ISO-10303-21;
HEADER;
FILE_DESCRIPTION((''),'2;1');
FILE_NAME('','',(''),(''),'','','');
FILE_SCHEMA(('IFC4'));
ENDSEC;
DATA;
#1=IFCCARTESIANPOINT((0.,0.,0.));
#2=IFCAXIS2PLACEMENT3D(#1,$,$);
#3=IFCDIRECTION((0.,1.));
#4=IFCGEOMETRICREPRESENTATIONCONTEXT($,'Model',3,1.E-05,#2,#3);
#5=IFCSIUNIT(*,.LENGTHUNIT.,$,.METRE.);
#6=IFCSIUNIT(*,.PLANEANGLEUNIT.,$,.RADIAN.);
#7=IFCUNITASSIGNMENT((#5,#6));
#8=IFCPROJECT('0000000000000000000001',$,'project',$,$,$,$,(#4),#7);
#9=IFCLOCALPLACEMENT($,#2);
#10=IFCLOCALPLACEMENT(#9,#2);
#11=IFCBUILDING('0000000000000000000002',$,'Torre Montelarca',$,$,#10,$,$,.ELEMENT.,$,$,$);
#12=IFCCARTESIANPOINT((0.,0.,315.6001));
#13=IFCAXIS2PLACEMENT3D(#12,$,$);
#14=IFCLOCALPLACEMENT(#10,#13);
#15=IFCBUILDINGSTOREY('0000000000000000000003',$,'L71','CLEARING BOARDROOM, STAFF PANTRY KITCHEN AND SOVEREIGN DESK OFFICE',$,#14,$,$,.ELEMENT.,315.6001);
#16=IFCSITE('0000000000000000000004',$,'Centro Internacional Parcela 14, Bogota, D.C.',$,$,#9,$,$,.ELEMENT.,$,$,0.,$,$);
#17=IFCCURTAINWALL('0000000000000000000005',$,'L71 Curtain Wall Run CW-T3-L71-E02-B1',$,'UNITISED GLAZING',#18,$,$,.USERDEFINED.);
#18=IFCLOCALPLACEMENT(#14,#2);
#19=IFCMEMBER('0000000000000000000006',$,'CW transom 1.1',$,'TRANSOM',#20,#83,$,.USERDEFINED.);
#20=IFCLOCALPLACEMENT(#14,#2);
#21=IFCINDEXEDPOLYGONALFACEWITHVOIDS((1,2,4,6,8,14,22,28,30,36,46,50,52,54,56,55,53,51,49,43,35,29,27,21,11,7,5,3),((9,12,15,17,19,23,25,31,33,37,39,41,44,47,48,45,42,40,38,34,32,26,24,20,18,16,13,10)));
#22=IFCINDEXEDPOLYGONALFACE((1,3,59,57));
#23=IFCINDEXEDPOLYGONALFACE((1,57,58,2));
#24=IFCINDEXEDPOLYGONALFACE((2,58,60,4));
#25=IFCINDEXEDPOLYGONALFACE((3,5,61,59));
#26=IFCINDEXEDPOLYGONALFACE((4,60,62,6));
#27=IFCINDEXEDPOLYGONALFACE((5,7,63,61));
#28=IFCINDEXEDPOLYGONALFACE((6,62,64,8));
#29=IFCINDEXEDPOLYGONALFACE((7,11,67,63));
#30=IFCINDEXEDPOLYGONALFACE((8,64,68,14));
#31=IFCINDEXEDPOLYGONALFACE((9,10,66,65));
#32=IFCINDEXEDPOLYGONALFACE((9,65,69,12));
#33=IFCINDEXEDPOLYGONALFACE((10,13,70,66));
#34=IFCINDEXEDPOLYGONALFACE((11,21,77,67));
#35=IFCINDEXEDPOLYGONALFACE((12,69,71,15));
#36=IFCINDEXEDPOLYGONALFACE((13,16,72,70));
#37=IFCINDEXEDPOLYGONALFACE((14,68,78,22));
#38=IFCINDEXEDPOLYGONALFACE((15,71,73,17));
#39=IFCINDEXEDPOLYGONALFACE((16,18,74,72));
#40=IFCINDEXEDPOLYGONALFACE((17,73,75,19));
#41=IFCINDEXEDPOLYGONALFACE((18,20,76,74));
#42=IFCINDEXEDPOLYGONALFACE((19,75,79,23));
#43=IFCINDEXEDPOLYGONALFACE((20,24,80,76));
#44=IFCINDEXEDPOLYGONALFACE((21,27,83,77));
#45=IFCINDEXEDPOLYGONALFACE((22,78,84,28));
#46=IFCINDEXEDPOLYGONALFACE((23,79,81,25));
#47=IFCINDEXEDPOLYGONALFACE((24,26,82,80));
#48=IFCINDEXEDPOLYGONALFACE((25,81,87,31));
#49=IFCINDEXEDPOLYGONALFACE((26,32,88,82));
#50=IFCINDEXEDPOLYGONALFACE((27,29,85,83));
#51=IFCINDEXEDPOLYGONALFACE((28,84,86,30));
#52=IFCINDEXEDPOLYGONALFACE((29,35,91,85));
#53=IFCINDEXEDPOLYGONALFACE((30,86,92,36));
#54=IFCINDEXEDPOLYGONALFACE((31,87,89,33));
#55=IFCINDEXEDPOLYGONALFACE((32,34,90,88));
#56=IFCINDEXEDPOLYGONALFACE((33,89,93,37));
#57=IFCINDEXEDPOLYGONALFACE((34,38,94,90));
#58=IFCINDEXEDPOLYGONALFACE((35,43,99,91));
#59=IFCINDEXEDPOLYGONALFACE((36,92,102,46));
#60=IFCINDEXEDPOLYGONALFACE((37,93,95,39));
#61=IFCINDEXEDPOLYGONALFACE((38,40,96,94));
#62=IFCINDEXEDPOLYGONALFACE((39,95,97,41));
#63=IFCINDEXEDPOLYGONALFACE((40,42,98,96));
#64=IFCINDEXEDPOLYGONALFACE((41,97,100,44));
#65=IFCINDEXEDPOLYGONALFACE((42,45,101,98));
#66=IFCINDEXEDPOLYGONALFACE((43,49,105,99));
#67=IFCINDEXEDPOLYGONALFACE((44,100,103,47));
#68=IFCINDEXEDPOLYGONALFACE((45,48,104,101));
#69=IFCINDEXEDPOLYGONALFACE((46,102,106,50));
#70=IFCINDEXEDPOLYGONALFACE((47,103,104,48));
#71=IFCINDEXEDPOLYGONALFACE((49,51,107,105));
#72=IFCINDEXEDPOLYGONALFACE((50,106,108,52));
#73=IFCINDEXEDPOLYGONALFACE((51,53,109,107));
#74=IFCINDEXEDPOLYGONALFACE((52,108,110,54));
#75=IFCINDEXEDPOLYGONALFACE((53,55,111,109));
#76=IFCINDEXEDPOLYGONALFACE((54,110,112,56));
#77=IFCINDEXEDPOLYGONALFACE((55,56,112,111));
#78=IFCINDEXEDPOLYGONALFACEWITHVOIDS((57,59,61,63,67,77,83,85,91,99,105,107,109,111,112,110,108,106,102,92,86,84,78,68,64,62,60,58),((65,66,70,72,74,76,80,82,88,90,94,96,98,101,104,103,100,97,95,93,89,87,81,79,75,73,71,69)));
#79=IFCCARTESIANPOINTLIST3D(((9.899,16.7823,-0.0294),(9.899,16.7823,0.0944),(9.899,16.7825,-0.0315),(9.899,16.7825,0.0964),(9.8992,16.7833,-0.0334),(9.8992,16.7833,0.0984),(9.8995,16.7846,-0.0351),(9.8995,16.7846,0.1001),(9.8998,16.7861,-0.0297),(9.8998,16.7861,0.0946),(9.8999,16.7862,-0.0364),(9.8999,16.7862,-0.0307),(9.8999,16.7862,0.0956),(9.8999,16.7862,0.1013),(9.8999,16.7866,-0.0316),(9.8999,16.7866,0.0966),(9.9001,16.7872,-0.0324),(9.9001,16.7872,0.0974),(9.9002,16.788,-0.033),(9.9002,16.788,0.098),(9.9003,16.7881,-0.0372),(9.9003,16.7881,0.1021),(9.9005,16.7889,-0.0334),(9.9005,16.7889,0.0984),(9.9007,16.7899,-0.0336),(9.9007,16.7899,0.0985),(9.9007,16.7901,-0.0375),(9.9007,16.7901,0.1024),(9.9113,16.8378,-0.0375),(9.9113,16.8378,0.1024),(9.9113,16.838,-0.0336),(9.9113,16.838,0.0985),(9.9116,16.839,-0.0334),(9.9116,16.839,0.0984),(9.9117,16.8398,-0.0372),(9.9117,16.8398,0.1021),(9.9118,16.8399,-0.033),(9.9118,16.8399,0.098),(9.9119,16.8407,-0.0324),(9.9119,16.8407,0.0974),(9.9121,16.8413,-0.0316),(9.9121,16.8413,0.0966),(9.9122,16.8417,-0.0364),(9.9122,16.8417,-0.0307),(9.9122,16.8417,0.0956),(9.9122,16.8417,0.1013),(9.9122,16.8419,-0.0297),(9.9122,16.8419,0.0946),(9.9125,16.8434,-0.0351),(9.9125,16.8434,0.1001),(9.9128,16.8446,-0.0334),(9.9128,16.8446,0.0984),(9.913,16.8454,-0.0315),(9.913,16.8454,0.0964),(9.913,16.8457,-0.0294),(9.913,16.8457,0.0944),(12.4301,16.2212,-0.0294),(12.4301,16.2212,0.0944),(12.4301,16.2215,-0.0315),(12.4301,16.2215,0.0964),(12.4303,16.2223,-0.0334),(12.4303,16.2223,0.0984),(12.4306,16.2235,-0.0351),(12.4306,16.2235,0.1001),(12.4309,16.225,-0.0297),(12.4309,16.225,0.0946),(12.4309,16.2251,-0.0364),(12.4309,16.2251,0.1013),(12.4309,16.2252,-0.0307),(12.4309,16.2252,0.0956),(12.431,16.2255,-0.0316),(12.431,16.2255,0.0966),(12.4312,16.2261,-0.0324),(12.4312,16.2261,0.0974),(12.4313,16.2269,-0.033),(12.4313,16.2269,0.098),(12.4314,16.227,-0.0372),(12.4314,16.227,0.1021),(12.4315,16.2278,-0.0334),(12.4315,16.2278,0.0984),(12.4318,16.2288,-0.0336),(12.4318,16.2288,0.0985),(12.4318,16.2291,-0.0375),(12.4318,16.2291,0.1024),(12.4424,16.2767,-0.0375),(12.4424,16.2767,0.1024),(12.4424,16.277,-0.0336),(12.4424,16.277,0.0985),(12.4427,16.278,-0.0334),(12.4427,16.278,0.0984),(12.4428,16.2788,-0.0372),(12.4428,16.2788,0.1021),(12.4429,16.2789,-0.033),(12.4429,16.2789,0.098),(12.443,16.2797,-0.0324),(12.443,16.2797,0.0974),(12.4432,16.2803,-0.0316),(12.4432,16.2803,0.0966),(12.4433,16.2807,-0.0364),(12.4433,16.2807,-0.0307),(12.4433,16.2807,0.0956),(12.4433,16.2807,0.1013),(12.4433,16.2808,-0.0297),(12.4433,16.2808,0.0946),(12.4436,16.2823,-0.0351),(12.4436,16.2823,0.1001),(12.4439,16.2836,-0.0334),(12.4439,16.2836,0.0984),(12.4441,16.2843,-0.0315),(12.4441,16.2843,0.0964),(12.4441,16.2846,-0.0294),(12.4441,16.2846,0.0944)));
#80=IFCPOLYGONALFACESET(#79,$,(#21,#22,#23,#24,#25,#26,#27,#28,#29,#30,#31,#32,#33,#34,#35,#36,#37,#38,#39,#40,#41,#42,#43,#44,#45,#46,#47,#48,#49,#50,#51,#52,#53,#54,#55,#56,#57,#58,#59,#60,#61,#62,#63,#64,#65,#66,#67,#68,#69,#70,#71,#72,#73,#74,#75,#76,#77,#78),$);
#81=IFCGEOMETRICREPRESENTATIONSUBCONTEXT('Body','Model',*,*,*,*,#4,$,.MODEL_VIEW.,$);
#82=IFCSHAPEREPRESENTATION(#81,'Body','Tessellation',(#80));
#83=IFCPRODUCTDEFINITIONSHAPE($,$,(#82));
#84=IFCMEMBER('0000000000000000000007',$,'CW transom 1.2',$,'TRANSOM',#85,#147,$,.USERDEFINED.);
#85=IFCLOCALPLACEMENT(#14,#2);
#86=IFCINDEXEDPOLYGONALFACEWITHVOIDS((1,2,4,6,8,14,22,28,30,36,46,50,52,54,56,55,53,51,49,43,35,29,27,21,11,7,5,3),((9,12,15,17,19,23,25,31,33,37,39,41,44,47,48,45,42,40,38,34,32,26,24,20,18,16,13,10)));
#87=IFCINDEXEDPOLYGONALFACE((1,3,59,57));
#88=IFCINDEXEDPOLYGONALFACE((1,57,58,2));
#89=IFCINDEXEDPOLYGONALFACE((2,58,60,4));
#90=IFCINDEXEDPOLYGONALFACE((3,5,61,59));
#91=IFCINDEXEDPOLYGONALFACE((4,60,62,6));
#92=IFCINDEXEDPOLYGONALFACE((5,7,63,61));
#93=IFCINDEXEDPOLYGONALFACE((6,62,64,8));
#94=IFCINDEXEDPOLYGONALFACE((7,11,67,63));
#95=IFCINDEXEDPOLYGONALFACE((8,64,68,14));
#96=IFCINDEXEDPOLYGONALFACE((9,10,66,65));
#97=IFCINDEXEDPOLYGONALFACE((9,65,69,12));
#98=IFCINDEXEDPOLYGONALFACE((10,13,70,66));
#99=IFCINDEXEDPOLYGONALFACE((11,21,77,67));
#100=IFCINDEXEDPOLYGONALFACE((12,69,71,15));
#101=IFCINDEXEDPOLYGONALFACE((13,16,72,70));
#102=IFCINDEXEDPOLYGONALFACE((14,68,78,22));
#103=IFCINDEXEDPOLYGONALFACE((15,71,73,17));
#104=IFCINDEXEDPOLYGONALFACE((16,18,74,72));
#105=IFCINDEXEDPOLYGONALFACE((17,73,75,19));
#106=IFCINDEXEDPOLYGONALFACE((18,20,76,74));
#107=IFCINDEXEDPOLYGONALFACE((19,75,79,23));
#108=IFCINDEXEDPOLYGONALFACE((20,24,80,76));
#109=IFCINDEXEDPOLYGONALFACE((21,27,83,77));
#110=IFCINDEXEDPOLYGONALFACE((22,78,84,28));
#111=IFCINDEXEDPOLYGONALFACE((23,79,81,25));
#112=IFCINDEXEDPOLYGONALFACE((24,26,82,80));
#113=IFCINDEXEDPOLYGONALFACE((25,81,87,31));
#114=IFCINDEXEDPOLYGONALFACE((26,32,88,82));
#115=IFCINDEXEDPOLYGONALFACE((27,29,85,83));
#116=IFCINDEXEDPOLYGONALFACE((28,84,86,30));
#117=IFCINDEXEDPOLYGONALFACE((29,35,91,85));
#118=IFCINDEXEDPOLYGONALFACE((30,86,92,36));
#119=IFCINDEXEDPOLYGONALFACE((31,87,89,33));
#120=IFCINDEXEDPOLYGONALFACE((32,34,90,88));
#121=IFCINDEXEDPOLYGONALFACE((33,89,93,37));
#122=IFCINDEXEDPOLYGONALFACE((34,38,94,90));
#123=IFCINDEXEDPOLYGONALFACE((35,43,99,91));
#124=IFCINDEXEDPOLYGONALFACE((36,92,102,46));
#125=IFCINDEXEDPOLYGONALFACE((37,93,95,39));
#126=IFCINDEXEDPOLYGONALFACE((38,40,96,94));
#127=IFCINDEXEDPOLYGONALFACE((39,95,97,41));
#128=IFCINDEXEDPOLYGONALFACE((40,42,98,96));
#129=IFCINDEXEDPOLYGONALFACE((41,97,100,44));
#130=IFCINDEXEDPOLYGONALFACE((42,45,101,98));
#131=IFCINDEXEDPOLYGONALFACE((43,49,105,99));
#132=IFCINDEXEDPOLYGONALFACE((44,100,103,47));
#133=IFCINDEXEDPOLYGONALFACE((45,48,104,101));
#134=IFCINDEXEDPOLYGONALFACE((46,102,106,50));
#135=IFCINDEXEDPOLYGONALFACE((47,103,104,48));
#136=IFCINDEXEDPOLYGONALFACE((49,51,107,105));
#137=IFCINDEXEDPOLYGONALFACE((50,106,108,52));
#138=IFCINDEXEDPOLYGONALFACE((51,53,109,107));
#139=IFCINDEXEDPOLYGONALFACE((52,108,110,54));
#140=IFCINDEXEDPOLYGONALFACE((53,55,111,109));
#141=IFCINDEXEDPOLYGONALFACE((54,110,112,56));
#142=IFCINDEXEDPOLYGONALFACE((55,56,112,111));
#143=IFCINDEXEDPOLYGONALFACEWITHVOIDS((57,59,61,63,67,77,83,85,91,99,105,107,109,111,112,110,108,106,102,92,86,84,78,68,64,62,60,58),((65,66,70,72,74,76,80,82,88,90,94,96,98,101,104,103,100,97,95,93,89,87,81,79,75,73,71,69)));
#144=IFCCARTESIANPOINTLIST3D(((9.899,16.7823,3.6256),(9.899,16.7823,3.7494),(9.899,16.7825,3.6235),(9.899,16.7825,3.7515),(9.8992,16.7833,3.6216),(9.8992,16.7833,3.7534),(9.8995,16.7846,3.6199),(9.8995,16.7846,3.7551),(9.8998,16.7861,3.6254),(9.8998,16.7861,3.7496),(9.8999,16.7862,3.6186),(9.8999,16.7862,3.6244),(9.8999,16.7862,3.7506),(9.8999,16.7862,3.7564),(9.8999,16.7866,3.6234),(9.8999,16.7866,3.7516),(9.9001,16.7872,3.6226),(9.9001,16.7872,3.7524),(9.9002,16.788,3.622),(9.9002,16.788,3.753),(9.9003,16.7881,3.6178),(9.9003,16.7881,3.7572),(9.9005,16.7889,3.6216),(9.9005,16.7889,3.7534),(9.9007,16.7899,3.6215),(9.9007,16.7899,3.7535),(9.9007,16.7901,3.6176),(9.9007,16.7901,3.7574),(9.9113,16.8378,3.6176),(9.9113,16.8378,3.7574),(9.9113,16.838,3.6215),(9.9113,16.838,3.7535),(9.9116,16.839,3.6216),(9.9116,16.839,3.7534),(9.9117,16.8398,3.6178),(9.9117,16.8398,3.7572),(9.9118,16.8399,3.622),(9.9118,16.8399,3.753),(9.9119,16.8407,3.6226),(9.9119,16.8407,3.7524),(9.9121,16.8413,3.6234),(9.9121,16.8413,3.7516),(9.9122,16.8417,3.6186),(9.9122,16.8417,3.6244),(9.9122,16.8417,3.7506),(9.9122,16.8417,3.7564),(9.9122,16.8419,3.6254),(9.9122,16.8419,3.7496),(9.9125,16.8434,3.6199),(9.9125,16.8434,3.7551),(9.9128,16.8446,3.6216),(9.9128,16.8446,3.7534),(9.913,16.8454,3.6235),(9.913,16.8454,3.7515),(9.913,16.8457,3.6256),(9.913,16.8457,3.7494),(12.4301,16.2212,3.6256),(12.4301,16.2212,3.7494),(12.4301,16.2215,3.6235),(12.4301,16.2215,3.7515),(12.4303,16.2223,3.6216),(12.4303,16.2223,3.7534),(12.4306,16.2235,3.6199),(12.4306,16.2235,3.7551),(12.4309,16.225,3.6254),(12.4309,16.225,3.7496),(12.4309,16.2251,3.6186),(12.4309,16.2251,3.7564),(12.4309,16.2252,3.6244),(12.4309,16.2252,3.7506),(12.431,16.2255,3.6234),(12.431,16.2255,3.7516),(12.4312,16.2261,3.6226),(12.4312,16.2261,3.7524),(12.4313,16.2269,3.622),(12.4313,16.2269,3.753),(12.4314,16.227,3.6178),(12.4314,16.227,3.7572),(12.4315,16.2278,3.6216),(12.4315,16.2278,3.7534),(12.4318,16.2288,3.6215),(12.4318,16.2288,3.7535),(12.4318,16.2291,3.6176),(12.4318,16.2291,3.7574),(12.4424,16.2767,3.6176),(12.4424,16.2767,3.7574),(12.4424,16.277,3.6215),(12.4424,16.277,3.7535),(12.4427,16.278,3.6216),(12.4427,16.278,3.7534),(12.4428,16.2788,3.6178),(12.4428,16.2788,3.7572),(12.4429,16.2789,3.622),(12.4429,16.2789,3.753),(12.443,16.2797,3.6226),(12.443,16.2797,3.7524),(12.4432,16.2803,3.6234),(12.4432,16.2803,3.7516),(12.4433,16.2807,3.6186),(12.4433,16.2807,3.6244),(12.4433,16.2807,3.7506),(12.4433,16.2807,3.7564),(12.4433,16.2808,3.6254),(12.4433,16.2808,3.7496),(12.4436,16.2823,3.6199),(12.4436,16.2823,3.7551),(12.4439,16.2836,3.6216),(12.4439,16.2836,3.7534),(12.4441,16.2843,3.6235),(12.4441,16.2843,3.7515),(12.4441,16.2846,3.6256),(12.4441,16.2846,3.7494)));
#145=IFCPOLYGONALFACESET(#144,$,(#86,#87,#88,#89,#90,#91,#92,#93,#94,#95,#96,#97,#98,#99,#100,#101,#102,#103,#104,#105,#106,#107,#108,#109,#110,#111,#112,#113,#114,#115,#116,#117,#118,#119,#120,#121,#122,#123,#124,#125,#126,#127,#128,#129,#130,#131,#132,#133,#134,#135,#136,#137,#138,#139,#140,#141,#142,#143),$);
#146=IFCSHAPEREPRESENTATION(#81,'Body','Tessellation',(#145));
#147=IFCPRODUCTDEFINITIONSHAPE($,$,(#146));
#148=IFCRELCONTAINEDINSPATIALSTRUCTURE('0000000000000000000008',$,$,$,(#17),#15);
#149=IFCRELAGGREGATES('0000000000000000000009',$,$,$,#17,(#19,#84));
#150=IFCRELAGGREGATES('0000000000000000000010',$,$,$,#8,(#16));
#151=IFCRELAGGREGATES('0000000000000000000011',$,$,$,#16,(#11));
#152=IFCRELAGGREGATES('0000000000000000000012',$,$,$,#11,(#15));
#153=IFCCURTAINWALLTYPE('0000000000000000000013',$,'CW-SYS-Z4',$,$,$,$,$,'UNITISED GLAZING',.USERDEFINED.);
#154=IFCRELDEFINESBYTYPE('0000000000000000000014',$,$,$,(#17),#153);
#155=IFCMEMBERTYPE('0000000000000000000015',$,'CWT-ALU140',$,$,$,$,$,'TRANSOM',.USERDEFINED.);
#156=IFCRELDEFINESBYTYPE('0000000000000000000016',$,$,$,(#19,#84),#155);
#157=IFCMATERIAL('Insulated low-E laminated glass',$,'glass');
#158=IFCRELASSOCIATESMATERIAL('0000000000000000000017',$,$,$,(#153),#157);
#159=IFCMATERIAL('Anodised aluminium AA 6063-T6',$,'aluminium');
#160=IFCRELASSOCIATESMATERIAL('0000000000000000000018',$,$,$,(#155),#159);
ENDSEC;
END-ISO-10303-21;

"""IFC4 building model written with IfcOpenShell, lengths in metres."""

from ifc_helpers import new_model, si_unit, direction, frame, origin, origin_2d, place, context, subcontext, project, spatial, hollow_rectangle, extrude, source, transform, mapped, material, material_profile, profile_set, type_object, element, aggregate, save


model = new_model("IFC4")

# Units and contexts
model_context = context("Model", 3, precision=1e-05, world=origin(), true_north=direction((0.0, 1.0)))
body_context = subcontext(model_context, "Body", "Model", "MODEL_VIEW")
ifc_project = project(units=[si_unit("LENGTHUNIT", "METRE"), si_unit("PLANEANGLEUNIT", "RADIAN")], contexts=[model_context])

# Site, building, storey
site_placement = place(None, origin())
site = spatial("IfcSite", under=ifc_project, at=site_placement, Name="Centro Internacional Parcela 14, Bogota, D.C.", CompositionType="ELEMENT", RefElevation=0.0)
building_placement = place(site_placement, origin())
building = spatial("IfcBuilding", under=site, at=building_placement, Name="Torre Montelarca", CompositionType="ELEMENT")
storey_placement = place(building_placement, frame((0.0, 0.0, 315.6001)))
storey = spatial("IfcBuildingStorey", under=building, at=storey_placement, Name="L71", Description="CLEARING BOARDROOM, STAFF PANTRY KITCHEN AND SOVEREIGN DESK OFFICE", CompositionType="ELEMENT", Elevation=315.6001)

# Curtain wall
ifc_material_1 = material(Name="Insulated low-E laminated glass", Category="glass")
curtain_wall_type = type_object("IfcCurtainWallType", Name="CW-SYS-Z4", ElementType="UNITISED GLAZING", PredefinedType="USERDEFINED", material=ifc_material_1)
ifc_material_2 = material(Name="Anodised aluminium AA 6063-T6", Category="aluminium")
curtain_wall_1_placement = place(storey_placement, origin())
curtain_wall_1 = element("IfcCurtainWall", 1, at=curtain_wall_1_placement, inside=storey, type_object=curtain_wall_type, Name="L71 Curtain Wall Run CW-T3-L71-E02-B1", ObjectType="UNITISED GLAZING", PredefinedType="USERDEFINED")

# Members
ifc_material_profile_1 = material_profile(ifc_material_2, hollow_rectangle(XDim=0.0649, YDim=0.1399, WallThickness=0.0039, InnerFilletRadius=0.0039, OuterFilletRadius=0.0081, at=origin_2d()), Name="ALU65X140X4", Category="aluminium")
ifc_profile_set_1 = profile_set([ifc_material_profile_1], Name="Anodised aluminium AA 6063-T6")
member_type_1 = type_object("IfcMemberType", Name="CWT-ALU140", ElementType="TRANSOM", PredefinedType="USERDEFINED", material=ifc_profile_set_1)
shared_shape_1 = source(origin(), body_context, "Body", "SweptSolid", [
    extrude(hollow_rectangle(XDim=0.0649, YDim=0.1399, WallThickness=0.0039, InnerFilletRadius=0.0039, OuterFilletRadius=0.0081, at=origin_2d()), origin(), (0.0, 0.0, 1.0), 2.5925),
])
member_1_placement = place(storey_placement, frame((9.906, 16.814, 0.0325), z_axis=(0.976302, -0.216412, 0.0), x_axis=(0.216412, 0.976302, 0.0)))
member_1 = element("IfcMember", 2, at=member_1_placement, type_object=member_type_1, Name="CW transom 1.1", ObjectType="TRANSOM", PredefinedType="USERDEFINED", context=body_context, shape_type="MappedRepresentation", body=[
    mapped(shared_shape_1, transform((0.0, 0.0, 0.0), scale=1.0)),
])
member_2_placement = place(storey_placement, frame((9.906, 16.814, 3.6875), z_axis=(0.976302, -0.216412, 0.0), x_axis=(0.216412, 0.976302, 0.0)))
member_2 = element("IfcMember", 3, at=member_2_placement, type_object=member_type_1, Name="CW transom 1.2", ObjectType="TRANSOM", PredefinedType="USERDEFINED", context=body_context, shape_type="MappedRepresentation", body=[
    mapped(shared_shape_1, transform((0.0, 0.0, 0.0), scale=1.0)),
])

aggregate(curtain_wall_1, [member_1, member_2])

save(model, "model.ifc")
